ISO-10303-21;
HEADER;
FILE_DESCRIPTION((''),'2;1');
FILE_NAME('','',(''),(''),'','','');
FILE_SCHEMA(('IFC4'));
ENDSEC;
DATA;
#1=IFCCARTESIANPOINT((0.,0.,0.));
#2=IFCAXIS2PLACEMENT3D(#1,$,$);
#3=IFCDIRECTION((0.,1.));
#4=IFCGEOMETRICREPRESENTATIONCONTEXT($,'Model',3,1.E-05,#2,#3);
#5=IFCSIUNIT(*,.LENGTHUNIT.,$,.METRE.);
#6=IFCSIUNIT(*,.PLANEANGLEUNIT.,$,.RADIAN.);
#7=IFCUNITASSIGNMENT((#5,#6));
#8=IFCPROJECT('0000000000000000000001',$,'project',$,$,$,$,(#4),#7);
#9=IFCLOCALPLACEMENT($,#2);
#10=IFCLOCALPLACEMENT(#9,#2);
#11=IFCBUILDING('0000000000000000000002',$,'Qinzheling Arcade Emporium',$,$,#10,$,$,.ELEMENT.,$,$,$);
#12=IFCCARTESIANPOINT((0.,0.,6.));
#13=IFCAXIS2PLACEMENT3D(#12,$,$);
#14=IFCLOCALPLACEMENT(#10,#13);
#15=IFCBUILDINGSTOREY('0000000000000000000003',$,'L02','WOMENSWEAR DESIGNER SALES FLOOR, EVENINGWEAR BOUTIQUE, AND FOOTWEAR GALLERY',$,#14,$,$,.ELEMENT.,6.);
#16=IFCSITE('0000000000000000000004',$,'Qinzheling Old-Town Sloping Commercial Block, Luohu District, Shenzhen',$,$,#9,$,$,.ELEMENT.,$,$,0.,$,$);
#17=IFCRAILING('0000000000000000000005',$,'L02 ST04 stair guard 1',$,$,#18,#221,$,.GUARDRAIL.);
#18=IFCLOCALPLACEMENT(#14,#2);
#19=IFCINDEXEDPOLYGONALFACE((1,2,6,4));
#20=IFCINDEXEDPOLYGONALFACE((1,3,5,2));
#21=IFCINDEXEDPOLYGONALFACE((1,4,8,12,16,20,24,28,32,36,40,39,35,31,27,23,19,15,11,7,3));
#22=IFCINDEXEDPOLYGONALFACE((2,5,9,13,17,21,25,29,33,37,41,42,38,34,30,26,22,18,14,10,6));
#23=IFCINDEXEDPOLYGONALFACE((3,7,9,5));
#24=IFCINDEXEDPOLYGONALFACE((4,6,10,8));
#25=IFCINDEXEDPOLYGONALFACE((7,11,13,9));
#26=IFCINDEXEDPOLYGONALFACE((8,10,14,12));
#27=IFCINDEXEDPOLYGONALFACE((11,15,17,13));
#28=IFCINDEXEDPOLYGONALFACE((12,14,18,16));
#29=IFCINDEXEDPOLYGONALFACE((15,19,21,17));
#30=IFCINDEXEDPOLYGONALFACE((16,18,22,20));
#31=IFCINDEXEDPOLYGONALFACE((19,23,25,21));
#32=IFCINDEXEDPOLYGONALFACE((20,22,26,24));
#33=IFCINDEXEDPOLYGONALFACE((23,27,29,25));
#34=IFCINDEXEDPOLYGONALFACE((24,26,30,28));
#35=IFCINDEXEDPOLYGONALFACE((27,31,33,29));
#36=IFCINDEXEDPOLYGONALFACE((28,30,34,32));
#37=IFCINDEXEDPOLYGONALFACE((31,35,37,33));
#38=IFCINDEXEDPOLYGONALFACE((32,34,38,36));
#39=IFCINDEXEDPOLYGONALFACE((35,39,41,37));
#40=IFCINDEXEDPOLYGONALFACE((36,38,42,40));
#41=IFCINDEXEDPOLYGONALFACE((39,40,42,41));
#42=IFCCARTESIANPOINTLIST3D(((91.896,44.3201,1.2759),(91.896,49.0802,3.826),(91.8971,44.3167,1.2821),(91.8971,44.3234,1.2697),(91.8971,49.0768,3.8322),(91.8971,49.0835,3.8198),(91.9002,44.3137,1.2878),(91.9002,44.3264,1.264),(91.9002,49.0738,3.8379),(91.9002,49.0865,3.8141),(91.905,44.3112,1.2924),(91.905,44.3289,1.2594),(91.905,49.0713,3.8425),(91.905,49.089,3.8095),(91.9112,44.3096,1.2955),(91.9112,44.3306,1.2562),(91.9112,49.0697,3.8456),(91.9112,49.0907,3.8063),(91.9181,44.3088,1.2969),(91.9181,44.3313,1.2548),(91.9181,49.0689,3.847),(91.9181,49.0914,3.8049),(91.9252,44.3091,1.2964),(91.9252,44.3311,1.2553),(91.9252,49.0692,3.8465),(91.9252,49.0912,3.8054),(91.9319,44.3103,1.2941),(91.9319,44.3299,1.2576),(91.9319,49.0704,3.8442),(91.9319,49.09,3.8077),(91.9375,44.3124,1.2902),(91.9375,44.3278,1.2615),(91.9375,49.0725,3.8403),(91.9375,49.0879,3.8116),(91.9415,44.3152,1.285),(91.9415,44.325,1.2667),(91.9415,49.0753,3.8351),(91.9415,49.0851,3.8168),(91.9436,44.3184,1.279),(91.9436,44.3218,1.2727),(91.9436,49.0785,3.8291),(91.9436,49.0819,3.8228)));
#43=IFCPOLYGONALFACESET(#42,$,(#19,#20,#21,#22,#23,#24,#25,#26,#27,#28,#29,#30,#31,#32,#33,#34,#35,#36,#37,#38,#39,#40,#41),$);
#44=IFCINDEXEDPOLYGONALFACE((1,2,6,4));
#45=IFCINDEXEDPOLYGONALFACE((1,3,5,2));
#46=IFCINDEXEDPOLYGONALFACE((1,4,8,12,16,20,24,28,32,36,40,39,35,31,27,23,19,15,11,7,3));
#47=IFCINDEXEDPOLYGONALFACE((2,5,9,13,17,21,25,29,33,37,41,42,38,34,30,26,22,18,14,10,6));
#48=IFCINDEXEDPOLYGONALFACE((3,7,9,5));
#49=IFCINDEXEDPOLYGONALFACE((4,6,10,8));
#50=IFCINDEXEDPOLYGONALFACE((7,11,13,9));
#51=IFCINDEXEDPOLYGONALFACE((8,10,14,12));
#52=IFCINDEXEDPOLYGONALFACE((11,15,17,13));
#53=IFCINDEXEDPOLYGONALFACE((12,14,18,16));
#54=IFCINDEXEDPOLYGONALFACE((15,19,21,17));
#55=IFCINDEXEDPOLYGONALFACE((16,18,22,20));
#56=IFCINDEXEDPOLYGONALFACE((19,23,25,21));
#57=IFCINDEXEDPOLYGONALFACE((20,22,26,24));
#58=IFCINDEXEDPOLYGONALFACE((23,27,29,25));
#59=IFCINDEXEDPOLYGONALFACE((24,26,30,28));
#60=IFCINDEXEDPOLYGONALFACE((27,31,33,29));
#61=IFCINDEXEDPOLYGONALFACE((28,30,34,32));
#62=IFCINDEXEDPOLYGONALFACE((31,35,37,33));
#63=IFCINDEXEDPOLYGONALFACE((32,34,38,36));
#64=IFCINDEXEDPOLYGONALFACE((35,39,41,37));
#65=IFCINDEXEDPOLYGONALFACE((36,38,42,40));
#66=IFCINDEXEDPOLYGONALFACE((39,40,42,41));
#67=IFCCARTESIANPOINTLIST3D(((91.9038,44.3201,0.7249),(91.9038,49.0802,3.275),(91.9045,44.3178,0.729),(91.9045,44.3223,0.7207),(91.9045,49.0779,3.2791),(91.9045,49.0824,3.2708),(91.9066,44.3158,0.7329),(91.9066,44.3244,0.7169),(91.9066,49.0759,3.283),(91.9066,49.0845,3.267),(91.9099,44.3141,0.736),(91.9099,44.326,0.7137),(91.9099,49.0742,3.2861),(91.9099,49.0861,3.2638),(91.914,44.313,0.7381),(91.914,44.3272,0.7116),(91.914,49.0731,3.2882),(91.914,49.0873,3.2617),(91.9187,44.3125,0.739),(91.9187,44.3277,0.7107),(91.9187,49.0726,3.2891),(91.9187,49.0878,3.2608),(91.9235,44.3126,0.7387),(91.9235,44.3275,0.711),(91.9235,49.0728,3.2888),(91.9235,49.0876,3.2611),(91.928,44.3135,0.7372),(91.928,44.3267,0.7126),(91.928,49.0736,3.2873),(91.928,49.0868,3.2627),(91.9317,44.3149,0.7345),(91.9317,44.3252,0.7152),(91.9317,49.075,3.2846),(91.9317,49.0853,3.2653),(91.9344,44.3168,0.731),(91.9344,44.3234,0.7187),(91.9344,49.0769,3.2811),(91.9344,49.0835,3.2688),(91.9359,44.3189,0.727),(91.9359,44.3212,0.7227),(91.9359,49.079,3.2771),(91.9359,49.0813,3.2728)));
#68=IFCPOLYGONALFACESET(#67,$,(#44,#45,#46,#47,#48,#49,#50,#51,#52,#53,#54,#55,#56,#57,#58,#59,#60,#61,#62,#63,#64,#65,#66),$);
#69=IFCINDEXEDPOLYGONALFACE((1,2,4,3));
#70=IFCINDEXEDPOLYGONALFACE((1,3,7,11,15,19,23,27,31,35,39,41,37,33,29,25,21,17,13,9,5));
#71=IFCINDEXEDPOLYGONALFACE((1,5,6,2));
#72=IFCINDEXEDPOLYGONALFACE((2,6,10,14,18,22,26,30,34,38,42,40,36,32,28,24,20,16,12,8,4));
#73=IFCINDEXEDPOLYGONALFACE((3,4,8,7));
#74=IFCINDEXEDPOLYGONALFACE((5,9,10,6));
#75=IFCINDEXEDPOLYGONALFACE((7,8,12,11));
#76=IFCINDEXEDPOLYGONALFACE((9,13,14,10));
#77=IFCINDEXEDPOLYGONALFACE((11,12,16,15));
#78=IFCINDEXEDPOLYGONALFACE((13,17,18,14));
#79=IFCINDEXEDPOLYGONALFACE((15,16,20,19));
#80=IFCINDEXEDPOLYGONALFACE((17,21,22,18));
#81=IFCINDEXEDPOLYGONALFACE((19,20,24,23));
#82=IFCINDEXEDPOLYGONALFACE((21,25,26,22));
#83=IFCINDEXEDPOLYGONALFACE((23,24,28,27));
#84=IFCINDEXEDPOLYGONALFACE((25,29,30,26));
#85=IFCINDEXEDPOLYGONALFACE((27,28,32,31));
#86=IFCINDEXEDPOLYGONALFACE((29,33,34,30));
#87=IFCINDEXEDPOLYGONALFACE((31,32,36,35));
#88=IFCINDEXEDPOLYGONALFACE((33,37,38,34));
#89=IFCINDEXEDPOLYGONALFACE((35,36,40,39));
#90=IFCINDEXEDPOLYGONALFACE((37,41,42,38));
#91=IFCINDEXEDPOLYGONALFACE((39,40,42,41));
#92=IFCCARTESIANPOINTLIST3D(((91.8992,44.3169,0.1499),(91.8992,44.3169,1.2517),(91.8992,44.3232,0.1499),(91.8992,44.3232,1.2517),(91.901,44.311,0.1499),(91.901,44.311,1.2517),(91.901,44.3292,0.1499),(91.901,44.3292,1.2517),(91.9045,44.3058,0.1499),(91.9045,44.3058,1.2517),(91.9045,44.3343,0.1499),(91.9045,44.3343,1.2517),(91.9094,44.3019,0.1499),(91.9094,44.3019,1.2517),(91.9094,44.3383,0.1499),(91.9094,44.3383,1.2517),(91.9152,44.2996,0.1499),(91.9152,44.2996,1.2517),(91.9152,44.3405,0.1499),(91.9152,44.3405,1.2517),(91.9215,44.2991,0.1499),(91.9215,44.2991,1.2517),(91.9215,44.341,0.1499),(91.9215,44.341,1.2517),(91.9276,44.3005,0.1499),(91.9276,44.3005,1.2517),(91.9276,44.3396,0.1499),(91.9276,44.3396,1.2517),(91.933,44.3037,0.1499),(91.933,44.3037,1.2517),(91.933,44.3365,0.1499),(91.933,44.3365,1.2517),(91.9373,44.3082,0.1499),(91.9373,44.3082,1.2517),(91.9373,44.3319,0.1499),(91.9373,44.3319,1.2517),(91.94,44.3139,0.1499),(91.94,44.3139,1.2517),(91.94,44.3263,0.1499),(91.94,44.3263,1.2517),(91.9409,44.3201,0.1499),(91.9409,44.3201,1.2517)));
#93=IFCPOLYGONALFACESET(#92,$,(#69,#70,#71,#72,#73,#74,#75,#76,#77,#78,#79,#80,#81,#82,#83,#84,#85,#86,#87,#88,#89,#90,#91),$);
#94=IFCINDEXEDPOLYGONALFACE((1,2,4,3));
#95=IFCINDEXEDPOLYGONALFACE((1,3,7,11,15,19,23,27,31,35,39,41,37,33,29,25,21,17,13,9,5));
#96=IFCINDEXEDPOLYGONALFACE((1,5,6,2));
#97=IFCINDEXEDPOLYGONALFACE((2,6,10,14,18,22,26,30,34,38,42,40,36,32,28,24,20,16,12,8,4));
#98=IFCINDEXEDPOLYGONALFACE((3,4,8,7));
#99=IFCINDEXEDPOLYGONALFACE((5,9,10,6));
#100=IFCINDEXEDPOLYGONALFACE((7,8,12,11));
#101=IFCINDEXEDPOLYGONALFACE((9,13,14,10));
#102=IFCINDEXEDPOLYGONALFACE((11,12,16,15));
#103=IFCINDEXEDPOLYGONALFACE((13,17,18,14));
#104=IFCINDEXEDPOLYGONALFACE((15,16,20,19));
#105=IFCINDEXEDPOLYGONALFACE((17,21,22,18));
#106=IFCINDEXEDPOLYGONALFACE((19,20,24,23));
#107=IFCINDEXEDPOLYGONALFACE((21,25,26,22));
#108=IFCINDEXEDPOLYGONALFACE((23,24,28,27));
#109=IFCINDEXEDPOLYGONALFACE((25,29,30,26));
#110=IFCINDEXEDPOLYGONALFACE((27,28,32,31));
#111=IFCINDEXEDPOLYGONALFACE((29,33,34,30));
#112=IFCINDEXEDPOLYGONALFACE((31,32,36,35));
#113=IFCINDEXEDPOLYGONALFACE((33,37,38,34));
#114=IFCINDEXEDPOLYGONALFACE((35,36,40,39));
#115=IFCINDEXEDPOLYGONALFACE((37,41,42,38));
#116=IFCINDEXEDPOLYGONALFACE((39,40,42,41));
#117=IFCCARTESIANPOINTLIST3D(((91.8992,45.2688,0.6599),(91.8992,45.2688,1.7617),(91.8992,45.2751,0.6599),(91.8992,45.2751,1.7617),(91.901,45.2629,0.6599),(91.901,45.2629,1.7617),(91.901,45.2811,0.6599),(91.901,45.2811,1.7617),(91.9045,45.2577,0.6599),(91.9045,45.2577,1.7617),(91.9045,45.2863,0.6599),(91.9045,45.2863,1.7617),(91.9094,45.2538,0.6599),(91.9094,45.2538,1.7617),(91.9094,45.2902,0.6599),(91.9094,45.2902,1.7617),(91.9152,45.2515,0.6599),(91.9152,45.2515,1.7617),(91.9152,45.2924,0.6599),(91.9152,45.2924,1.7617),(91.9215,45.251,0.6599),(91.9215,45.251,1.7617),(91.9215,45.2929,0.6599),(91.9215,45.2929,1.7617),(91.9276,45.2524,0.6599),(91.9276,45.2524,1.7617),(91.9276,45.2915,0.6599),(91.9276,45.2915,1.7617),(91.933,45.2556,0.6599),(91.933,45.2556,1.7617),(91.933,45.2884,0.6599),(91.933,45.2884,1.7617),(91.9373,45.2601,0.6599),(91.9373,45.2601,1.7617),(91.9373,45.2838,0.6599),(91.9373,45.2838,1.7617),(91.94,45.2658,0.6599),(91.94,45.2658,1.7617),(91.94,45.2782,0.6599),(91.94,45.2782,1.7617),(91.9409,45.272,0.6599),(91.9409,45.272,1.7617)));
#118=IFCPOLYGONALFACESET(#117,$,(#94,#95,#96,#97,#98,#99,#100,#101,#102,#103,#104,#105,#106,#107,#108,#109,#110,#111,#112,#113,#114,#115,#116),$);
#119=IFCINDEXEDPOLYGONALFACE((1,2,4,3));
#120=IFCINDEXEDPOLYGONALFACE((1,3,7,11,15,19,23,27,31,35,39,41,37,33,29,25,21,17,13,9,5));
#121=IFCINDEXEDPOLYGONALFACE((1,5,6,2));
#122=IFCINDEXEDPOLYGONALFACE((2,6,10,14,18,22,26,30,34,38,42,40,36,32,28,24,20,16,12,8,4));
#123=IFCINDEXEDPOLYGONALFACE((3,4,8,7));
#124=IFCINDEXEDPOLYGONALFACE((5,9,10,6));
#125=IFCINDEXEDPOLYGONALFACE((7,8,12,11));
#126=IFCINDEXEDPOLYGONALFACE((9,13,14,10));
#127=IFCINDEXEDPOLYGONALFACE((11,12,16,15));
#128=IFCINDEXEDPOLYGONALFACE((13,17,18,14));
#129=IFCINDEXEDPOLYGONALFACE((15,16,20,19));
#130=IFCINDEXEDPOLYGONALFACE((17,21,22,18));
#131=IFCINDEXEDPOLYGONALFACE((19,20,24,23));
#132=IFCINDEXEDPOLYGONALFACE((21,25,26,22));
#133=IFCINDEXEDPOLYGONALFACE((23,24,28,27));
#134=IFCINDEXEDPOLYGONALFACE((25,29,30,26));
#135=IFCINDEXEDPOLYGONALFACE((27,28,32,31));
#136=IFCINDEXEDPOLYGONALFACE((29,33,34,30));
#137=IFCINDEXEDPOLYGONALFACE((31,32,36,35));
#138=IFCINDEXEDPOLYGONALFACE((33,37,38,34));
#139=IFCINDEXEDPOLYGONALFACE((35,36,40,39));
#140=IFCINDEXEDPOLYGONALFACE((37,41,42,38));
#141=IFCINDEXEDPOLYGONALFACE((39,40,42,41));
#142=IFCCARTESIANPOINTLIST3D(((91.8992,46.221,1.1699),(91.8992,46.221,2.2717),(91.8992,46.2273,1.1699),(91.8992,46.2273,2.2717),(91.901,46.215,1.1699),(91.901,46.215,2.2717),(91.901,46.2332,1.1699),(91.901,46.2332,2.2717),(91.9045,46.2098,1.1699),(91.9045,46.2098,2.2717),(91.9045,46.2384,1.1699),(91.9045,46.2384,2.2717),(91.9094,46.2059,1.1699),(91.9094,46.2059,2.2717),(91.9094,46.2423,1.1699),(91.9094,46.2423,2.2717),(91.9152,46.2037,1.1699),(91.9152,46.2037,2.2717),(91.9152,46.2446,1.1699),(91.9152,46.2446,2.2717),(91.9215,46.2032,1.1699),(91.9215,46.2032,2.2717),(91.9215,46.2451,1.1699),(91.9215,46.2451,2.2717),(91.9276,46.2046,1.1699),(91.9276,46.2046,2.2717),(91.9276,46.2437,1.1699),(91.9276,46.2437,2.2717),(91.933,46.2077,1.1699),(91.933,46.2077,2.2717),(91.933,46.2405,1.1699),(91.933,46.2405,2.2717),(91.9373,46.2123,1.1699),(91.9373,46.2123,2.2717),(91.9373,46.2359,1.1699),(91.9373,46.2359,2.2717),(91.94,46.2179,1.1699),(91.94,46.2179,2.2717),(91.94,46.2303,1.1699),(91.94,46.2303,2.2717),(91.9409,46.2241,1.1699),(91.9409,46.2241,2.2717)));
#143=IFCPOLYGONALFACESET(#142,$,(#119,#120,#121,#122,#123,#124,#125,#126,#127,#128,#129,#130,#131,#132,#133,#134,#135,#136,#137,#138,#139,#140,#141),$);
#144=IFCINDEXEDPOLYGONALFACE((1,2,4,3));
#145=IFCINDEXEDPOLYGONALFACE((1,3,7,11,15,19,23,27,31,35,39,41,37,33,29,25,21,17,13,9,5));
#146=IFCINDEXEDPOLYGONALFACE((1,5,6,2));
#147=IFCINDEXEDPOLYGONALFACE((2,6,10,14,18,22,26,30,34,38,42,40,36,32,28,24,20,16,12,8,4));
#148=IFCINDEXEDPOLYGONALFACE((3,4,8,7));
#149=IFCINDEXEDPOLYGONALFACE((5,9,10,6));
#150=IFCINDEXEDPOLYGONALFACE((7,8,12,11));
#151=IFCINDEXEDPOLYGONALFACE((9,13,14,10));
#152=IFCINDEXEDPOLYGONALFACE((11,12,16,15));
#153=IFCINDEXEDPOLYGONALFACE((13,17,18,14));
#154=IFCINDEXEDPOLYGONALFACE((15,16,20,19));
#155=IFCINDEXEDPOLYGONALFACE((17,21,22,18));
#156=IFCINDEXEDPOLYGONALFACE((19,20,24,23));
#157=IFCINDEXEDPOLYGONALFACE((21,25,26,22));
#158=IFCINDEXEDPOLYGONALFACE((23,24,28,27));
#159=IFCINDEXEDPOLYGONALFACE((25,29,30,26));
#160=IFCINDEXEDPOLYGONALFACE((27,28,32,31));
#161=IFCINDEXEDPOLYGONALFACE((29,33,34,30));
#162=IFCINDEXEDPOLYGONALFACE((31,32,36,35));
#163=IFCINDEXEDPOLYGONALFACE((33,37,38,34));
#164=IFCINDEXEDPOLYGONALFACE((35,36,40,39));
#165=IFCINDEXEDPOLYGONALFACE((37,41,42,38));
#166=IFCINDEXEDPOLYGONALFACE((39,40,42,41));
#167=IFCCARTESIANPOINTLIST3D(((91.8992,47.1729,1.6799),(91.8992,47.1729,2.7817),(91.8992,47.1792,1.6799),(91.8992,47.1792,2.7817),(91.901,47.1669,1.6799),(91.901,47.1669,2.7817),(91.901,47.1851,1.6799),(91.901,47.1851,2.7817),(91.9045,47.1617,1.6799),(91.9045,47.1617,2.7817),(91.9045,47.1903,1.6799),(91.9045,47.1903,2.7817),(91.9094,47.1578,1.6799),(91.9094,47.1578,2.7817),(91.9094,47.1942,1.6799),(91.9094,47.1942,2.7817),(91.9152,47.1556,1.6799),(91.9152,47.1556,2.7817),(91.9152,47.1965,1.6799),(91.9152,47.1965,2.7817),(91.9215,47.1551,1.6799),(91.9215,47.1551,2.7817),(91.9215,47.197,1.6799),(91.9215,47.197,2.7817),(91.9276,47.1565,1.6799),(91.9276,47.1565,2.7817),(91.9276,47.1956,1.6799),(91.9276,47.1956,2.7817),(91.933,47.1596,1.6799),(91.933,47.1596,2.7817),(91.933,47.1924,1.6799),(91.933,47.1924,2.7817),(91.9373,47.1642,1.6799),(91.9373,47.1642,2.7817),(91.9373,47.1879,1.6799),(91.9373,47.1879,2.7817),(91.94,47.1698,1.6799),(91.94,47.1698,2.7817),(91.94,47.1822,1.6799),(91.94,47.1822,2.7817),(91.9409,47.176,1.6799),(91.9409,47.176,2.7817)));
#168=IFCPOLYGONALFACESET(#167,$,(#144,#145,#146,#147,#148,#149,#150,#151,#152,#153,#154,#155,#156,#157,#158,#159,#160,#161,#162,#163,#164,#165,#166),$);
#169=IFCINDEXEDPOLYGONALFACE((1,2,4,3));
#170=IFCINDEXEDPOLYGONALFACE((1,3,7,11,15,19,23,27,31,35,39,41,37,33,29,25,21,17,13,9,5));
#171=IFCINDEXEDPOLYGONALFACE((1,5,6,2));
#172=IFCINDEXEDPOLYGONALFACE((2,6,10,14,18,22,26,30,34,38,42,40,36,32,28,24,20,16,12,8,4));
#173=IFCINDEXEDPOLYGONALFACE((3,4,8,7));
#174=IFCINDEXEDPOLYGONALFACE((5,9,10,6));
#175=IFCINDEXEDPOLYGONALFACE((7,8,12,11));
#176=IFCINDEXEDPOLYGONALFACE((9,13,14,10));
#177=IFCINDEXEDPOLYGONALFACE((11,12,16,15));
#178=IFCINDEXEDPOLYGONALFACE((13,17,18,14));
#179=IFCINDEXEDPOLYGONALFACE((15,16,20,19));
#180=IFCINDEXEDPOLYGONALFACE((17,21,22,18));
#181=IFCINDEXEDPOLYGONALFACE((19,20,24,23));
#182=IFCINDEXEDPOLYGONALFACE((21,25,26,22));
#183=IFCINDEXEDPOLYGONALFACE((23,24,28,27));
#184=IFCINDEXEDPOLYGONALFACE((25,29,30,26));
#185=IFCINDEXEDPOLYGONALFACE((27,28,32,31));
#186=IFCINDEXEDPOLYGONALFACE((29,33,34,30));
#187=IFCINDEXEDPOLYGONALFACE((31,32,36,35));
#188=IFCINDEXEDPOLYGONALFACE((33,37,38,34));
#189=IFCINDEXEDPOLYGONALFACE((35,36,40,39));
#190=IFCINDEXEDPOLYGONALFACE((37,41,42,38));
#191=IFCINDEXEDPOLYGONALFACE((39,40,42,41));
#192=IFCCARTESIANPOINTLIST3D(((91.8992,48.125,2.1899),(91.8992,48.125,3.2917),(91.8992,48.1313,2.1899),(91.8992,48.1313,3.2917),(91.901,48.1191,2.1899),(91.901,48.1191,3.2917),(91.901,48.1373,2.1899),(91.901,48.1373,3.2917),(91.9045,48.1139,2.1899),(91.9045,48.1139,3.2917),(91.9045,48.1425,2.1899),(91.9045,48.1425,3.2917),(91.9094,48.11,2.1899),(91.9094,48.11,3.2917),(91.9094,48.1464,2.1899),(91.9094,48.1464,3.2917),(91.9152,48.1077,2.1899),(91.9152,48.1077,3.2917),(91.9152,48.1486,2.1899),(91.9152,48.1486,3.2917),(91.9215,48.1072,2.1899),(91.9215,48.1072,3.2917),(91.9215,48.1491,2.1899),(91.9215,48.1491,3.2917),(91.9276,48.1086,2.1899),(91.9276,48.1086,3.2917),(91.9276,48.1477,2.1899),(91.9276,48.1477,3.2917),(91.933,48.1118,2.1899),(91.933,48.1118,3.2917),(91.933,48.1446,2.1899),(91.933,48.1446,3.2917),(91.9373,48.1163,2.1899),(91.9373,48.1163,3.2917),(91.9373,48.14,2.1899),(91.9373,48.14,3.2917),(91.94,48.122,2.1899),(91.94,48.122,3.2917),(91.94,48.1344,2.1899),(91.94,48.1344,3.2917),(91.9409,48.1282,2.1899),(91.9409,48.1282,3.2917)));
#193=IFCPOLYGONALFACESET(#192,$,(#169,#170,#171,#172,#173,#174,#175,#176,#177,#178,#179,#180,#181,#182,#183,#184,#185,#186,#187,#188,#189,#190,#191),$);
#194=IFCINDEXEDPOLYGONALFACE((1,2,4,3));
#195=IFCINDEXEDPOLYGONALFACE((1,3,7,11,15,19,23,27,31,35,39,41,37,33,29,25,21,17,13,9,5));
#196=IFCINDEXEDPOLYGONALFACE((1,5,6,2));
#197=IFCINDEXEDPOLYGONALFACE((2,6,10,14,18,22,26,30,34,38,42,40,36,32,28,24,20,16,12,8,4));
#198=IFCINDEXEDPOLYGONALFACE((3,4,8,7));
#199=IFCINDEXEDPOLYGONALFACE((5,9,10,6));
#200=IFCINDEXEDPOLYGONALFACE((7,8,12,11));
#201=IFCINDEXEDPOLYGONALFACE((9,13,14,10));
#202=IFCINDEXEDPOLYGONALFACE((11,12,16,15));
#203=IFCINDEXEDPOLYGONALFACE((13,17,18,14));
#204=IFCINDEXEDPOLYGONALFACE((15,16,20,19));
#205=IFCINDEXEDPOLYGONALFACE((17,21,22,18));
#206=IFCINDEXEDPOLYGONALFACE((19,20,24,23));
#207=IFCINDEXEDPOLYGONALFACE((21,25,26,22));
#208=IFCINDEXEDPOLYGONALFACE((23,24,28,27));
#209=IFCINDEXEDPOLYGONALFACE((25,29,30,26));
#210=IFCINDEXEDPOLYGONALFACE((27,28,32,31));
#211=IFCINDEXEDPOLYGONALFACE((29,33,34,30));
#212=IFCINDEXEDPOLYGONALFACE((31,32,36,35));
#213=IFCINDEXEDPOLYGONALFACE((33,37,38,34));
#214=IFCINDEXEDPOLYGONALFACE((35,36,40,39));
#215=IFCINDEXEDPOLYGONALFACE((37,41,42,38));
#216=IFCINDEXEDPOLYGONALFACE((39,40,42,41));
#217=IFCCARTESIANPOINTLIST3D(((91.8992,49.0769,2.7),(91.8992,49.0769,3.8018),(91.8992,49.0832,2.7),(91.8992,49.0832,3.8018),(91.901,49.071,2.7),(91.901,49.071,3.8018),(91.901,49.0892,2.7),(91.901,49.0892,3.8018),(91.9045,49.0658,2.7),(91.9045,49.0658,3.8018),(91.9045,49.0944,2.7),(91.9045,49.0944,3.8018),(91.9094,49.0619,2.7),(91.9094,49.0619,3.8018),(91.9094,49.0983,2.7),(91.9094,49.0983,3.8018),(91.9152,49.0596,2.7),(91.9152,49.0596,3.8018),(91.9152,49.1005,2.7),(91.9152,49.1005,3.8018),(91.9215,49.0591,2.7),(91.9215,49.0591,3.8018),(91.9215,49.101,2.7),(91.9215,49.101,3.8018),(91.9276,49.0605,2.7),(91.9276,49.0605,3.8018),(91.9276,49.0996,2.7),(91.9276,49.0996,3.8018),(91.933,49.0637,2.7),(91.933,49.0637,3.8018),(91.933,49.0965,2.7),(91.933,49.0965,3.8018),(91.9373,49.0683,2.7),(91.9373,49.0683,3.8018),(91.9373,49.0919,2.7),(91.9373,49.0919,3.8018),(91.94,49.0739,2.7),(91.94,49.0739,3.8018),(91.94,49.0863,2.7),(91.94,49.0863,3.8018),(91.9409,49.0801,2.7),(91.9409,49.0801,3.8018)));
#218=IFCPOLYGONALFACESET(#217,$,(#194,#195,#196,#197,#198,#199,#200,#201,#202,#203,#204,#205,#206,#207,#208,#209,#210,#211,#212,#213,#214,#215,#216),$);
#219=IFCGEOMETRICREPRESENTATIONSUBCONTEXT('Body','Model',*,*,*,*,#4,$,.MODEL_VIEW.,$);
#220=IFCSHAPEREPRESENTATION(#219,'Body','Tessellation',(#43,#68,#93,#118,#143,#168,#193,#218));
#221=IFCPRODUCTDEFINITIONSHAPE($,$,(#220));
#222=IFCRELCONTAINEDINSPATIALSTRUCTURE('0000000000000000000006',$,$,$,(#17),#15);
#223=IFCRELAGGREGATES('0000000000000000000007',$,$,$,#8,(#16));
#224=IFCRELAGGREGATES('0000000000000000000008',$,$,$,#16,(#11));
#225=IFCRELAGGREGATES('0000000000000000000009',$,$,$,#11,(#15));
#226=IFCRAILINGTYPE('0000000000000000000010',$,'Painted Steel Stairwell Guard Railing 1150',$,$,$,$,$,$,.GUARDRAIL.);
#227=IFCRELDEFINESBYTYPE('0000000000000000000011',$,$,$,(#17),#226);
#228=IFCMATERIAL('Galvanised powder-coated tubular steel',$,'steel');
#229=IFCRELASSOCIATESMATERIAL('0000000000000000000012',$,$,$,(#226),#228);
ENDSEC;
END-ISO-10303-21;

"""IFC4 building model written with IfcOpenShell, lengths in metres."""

from ifc_helpers import new_model, si_unit, direction, frame, origin, origin_2d, place, context, subcontext, project, spatial, circle, extrude, material, type_object, element, save


model = new_model("IFC4")

# Units and contexts
model_context = context("Model", 3, precision=1e-05, world=origin(), true_north=direction((0.0, 1.0)))
body_context = subcontext(model_context, "Body", "Model", "MODEL_VIEW")
ifc_project = project(units=[si_unit("LENGTHUNIT", "METRE"), si_unit("PLANEANGLEUNIT", "RADIAN")], contexts=[model_context])

# Site, building, storey
site_placement = place(None, origin())
site = spatial("IfcSite", under=ifc_project, at=site_placement, Name="Qinzheling Old-Town Sloping Commercial Block, Luohu District, Shenzhen", CompositionType="ELEMENT", RefElevation=0.0)
building_placement = place(site_placement, origin())
building = spatial("IfcBuilding", under=site, at=building_placement, Name="Qinzheling Arcade Emporium", CompositionType="ELEMENT")
storey_placement = place(building_placement, frame((0.0, 0.0, 6.0)))
storey = spatial("IfcBuildingStorey", under=building, at=storey_placement, Name="L02", Description="WOMENSWEAR DESIGNER SALES FLOOR, EVENINGWEAR BOUTIQUE, AND FOOTWEAR GALLERY", CompositionType="ELEMENT", Elevation=6.0)

# Railing
ifc_material_1 = material(Name="Galvanised powder-coated tubular steel", Category="steel")
railing_type_1 = type_object("IfcRailingType", Name="Painted Steel Stairwell Guard Railing 1150", PredefinedType="GUARDRAIL", material=ifc_material_1)
railing_1_placement = place(storey_placement, frame((91.9199, 44.3201, 0.1499)))
element("IfcRailing", 1, at=railing_1_placement, inside=storey, type_object=railing_type_1, Name="L02 ST04 stair guard 1", PredefinedType="GUARDRAIL", context=body_context, shape_type="SweptSolid", body=[
    extrude(circle(Radius=0.0239, at=origin_2d()), frame((0.0, 0.0, 1.126), z_axis=(0.0, 0.881477, 0.472228), x_axis=(-1.0, 0.0, 0.0)), (0.0, 0.0, 1.0), 5.4001),
    extrude(circle(Radius=0.0161, at=origin_2d()), frame((0.0, 0.0, 0.575), z_axis=(0.0, 0.881477, 0.472228), x_axis=(-1.0, 0.0, 0.0)), (0.0, 0.0, 1.0), 5.4001),
    extrude(circle(Radius=0.021, at=origin_2d()), origin(), (0.0, 0.0, 1.0), 1.1018),
    extrude(circle(Radius=0.021, at=origin_2d()), frame((0.0, 0.9519, 0.51)), (0.0, 0.0, 1.0), 1.1018),
    extrude(circle(Radius=0.021, at=origin_2d()), frame((0.0, 1.9041, 1.02)), (0.0, 0.0, 1.0), 1.1018),
    extrude(circle(Radius=0.021, at=origin_2d()), frame((0.0, 2.856, 1.53)), (0.0, 0.0, 1.0), 1.1018),
    extrude(circle(Radius=0.021, at=origin_2d()), frame((0.0, 3.8081, 2.04)), (0.0, 0.0, 1.0), 1.1018),
    extrude(circle(Radius=0.021, at=origin_2d()), frame((0.0, 4.76, 2.55)), (0.0, 0.0, 1.0), 1.1018),
])

save(model, "model.ifc")
